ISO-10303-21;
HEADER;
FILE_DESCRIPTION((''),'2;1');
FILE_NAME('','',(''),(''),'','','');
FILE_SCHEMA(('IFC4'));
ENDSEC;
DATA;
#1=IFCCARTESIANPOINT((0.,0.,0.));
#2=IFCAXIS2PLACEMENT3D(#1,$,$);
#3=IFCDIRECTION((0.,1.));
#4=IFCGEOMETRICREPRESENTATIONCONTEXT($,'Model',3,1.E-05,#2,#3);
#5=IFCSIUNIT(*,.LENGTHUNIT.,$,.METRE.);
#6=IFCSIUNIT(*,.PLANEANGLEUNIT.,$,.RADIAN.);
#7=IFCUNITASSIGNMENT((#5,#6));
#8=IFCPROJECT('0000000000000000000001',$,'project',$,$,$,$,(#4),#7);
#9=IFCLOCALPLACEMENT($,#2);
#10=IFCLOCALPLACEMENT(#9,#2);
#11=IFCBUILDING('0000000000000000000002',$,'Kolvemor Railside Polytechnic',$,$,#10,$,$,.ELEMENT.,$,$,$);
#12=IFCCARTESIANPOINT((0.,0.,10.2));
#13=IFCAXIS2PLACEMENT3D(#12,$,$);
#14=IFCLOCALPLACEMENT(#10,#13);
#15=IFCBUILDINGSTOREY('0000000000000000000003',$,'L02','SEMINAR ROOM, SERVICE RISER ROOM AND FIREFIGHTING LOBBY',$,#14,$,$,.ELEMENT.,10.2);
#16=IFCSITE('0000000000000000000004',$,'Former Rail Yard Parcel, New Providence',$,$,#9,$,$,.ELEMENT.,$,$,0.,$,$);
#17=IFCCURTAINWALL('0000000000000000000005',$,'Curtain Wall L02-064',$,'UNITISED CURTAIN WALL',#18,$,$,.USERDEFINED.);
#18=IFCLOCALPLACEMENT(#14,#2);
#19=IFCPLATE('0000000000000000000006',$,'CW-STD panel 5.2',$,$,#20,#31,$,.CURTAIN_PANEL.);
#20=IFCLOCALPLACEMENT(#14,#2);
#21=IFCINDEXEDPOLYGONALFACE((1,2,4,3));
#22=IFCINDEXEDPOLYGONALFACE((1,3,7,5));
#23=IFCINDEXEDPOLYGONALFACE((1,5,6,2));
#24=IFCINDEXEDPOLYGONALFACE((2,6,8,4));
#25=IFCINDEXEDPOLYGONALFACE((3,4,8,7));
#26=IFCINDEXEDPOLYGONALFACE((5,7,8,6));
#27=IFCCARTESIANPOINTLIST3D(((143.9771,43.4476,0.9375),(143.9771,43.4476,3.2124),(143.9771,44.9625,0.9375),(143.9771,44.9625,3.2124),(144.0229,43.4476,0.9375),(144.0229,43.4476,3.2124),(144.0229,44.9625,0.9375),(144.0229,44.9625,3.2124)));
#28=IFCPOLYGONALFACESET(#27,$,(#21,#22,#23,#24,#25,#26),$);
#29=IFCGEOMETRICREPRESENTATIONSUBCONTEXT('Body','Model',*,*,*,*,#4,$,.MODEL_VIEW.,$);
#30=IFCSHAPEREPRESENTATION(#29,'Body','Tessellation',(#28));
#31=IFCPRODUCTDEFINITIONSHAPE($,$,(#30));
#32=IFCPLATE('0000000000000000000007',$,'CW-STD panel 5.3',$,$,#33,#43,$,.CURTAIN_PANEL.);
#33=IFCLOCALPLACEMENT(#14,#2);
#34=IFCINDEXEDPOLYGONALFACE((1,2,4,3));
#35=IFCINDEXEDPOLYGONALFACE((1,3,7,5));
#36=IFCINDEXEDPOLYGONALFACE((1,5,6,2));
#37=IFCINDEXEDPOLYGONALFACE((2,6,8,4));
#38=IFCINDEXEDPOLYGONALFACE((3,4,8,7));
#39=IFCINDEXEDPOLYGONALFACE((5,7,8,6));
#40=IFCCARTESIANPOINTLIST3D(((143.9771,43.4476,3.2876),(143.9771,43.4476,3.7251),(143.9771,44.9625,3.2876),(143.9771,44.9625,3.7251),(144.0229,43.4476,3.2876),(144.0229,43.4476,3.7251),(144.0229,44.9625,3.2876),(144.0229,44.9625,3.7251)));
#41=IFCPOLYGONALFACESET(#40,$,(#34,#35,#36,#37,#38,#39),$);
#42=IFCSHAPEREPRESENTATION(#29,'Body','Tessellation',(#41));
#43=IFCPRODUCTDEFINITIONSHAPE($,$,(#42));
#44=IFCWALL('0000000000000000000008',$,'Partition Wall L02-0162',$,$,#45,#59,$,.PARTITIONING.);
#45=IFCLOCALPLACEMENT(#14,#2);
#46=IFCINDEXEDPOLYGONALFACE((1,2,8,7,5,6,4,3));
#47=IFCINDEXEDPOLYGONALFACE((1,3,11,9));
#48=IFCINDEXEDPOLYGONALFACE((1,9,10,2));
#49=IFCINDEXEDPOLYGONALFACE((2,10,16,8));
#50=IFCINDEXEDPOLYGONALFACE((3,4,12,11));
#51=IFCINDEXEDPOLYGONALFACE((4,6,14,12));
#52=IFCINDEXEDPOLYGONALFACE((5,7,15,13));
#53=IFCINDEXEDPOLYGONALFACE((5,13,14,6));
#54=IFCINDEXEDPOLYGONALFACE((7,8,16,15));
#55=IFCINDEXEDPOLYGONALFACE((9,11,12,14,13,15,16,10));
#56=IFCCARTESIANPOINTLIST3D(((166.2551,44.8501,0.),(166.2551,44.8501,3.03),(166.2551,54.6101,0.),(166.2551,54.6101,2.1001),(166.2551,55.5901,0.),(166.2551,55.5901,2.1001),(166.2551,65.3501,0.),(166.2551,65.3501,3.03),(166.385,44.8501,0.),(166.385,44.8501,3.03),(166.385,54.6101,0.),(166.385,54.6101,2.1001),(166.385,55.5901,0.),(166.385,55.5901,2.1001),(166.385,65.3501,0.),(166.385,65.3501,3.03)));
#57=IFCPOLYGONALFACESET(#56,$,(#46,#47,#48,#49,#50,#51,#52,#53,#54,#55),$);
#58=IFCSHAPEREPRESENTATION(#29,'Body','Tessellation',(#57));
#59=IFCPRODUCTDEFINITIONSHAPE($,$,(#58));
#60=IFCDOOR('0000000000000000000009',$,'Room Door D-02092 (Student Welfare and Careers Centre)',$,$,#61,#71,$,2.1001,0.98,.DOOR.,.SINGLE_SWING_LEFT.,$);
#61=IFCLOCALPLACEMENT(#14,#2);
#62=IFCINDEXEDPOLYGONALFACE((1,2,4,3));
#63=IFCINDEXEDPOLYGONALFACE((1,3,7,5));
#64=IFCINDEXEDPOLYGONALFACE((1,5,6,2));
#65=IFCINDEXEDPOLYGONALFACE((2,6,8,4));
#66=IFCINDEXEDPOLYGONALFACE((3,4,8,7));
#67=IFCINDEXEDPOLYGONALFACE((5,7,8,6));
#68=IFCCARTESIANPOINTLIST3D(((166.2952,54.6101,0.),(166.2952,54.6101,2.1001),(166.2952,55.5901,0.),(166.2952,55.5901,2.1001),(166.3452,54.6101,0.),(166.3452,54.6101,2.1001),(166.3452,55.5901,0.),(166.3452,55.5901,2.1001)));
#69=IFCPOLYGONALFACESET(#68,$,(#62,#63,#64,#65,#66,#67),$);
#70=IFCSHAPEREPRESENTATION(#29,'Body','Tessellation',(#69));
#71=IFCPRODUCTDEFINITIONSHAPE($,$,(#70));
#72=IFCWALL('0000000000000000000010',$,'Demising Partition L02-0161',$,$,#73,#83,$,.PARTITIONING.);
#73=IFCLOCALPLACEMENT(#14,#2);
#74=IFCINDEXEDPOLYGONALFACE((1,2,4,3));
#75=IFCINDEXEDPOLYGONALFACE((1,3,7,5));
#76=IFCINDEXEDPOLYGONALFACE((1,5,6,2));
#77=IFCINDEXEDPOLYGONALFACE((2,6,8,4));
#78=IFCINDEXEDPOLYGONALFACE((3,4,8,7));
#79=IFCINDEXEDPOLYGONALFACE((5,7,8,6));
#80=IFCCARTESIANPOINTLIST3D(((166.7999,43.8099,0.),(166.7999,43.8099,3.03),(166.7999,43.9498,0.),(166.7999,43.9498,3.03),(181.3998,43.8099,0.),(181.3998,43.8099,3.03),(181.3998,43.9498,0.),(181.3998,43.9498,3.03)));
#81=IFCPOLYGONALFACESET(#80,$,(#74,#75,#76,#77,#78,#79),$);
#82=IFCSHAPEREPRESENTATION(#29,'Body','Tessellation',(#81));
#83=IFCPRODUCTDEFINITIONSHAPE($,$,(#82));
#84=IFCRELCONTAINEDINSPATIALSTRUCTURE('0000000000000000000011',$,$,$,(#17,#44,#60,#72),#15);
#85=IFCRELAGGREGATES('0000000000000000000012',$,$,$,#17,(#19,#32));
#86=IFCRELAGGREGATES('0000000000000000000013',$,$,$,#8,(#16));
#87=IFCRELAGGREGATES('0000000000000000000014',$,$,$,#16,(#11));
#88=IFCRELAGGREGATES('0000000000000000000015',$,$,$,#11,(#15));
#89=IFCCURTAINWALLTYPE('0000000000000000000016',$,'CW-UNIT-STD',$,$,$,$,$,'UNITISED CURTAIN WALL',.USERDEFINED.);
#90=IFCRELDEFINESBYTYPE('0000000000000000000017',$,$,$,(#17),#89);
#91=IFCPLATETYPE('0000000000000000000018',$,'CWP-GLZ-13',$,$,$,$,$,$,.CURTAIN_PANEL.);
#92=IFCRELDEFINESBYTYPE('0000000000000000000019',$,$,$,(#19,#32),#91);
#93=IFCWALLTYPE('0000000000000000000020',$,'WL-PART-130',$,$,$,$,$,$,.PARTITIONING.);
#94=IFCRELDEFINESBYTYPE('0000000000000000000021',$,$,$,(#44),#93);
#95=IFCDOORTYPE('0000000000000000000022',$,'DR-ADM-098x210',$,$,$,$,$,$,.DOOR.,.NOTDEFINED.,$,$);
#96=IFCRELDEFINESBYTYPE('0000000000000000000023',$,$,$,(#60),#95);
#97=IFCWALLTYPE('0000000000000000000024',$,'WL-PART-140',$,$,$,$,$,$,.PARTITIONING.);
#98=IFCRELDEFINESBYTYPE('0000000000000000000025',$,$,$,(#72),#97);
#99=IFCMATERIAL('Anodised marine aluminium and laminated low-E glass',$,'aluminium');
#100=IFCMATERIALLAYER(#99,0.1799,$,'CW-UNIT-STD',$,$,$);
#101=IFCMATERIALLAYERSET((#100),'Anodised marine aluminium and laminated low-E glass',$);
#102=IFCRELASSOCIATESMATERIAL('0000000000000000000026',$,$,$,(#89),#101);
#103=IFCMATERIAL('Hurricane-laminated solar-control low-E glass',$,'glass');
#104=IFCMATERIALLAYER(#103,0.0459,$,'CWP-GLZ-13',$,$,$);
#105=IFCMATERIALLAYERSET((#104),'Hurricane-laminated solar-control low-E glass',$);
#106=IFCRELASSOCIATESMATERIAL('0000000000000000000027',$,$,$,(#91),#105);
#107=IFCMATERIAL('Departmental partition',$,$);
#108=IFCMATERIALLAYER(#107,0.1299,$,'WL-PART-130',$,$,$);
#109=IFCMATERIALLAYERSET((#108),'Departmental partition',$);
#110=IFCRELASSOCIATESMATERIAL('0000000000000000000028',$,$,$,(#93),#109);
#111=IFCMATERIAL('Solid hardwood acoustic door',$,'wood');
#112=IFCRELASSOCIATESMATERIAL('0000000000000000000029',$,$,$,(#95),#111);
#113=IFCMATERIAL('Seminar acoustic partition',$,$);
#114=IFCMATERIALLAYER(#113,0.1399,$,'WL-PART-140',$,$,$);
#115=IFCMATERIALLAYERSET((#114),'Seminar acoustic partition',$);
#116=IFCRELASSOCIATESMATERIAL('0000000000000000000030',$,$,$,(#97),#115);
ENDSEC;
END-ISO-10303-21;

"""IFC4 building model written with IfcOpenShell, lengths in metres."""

from ifc_helpers import new_model, si_unit, direction, frame, frame_2d, origin, origin_2d, place, context, subcontext, project, spatial, rectangle, extrude, material, layer, layer_set, type_object, element, fill, aggregate, save


model = new_model("IFC4")

# Units and contexts
model_context = context("Model", 3, precision=1e-05, world=origin(), true_north=direction((0.0, 1.0)))
body_context = subcontext(model_context, "Body", "Model", "MODEL_VIEW")
ifc_project = project(units=[si_unit("LENGTHUNIT", "METRE"), si_unit("PLANEANGLEUNIT", "RADIAN")], contexts=[model_context])

# Site, building, storey
site_placement = place(None, origin())
site = spatial("IfcSite", under=ifc_project, at=site_placement, Name="Former Rail Yard Parcel, New Providence", CompositionType="ELEMENT", RefElevation=0.0)
building_placement = place(site_placement, origin())
building = spatial("IfcBuilding", under=site, at=building_placement, Name="Kolvemor Railside Polytechnic", CompositionType="ELEMENT")
storey_placement = place(building_placement, frame((0.0, 0.0, 10.2)))
storey = spatial("IfcBuildingStorey", under=building, at=storey_placement, Name="L02", Description="SEMINAR ROOM, SERVICE RISER ROOM AND FIREFIGHTING LOBBY", CompositionType="ELEMENT", Elevation=10.2)

# Shared definitions
ifc_material_1 = material(Name="Anodised marine aluminium and laminated low-E glass", Category="aluminium")
ifc_layer_1 = layer(ifc_material_1, 0.1799, Name="CW-UNIT-STD")
ifc_layer_set_1 = layer_set([ifc_layer_1], Name="Anodised marine aluminium and laminated low-E glass")
curtain_wall_type = type_object("IfcCurtainWallType", Name="CW-UNIT-STD", ElementType="UNITISED CURTAIN WALL", PredefinedType="USERDEFINED", material=ifc_layer_set_1)

# Curtain wall
curtain_wall_1_placement = place(storey_placement, origin())
curtain_wall_1 = element("IfcCurtainWall", 1, at=curtain_wall_1_placement, inside=storey, type_object=curtain_wall_type, Name="Curtain Wall L02-064", ObjectType="UNITISED CURTAIN WALL", PredefinedType="USERDEFINED")

# Plates
ifc_material_2 = material(Name="Hurricane-laminated solar-control low-E glass", Category="glass")
ifc_layer_2 = layer(ifc_material_2, 0.0459, Name="CWP-GLZ-13")
ifc_layer_set_2 = layer_set([ifc_layer_2], Name="Hurricane-laminated solar-control low-E glass")
plate_type_1 = type_object("IfcPlateType", Name="CWP-GLZ-13", PredefinedType="CURTAIN_PANEL", material=ifc_layer_set_2)
plate_1_placement = place(storey_placement, frame((144.0, 44.2051, 0.9375), z_axis=(0.0, 0.0, 1.0), x_axis=(0.0, -1.0, 0.0)))
plate_1 = element("IfcPlate", 2, at=plate_1_placement, type_object=plate_type_1, Name="CW-STD panel 5.2", PredefinedType="CURTAIN_PANEL", context=body_context, shape_type="SweptSolid", body=[
    extrude(rectangle(XDim=1.5149, YDim=0.0459, at=origin_2d()), origin(), (0.0, 0.0, 1.0), 2.2749),
])
plate_2_placement = place(storey_placement, frame((144.0, 44.2051, 3.2876), z_axis=(0.0, 0.0, 1.0), x_axis=(0.0, -1.0, 0.0)))
plate_2 = element("IfcPlate", 3, at=plate_2_placement, type_object=plate_type_1, Name="CW-STD panel 5.3", PredefinedType="CURTAIN_PANEL", context=body_context, shape_type="SweptSolid", body=[
    extrude(rectangle(XDim=1.5149, YDim=0.0459, at=origin_2d()), origin(), (0.0, 0.0, 1.0), 0.4375),
])
aggregate(curtain_wall_1, [plate_1, plate_2])

# Wall, opening, door
ifc_material_3 = material(Name="Departmental partition")
ifc_layer_3 = layer(ifc_material_3, 0.1299, Name="WL-PART-130")
ifc_layer_set_3 = layer_set([ifc_layer_3], Name="Departmental partition")
wall_type_1 = type_object("IfcWallType", Name="WL-PART-130", PredefinedType="PARTITIONING", material=ifc_layer_set_3)
wall_1_placement = place(storey_placement, frame((166.3201, 44.8501, 0.0), z_axis=(0.0, 0.0, 1.0), x_axis=(0.0, 1.0, 0.0)))
wall_1 = element("IfcWall", 4, at=wall_1_placement, inside=storey, type_object=wall_type_1, Name="Partition Wall L02-0162", PredefinedType="PARTITIONING", context=body_context, shape_type="SweptSolid", body=[
    extrude(rectangle(XDim=20.5, YDim=0.1299, at=frame_2d((10.25, 0.0))), origin(), (0.0, 0.0, 1.0), 3.03),
])
opening_placement = place(wall_1_placement, frame((9.76, 0.0, 0.0)))
opening = element("IfcOpeningElement", 5, at=opening_placement, cuts=wall_1, PredefinedType="OPENING", context=body_context, shape_type="SweptSolid", body=[
    extrude(rectangle(XDim=0.98, YDim=2.1001, at=frame_2d((0.49, 1.05))), frame((0.0, 0.075, 0.0), z_axis=(0.0, -1.0, 0.0), x_axis=(1.0, 0.0, 0.0)), (0.0, 0.0, 1.0), 0.1499),
])
ifc_material_4 = material(Name="Solid hardwood acoustic door", Category="wood")
door_type = type_object("IfcDoorType", Name="DR-ADM-098x210", OperationType="NOTDEFINED", PredefinedType="DOOR", material=ifc_material_4)
door_placement = place(opening_placement, origin())
door = element("IfcDoor", 6, at=door_placement, inside=storey, type_object=door_type, Name="Room Door D-02092 (Student Welfare and Careers Centre)", OperationType="SINGLE_SWING_LEFT", OverallHeight=2.1001, OverallWidth=0.98, PredefinedType="DOOR", context=body_context, shape_type="SweptSolid", body=[
    extrude(rectangle(XDim=0.98, YDim=2.1001, at=frame_2d((0.49, 1.05))), frame((0.0, 0.0249, 0.0), z_axis=(0.0, -1.0, 0.0), x_axis=(1.0, 0.0, 0.0)), (0.0, 0.0, 1.0), 0.05),
])
fill(opening, door)

# Wall
ifc_material_5 = material(Name="Seminar acoustic partition")
ifc_layer_4 = layer(ifc_material_5, 0.1399, Name="WL-PART-140")
ifc_layer_set_4 = layer_set([ifc_layer_4], Name="Seminar acoustic partition")
wall_type_2 = type_object("IfcWallType", Name="WL-PART-140", PredefinedType="PARTITIONING", material=ifc_layer_set_4)
wall_2_placement = place(storey_placement, frame((166.8, 43.8799, 0.0), z_axis=(0.0, 0.0, 1.0), x_axis=(1.0, 0.0, 0.0)))
element("IfcWall", 7, at=wall_2_placement, inside=storey, type_object=wall_type_2, Name="Demising Partition L02-0161", PredefinedType="PARTITIONING", context=body_context, shape_type="SweptSolid", body=[
    extrude(rectangle(XDim=14.5999, YDim=0.1399, at=frame_2d((7.2998, 0.0))), origin(), (0.0, 0.0, 1.0), 3.03),
])

save(model, "model.ifc")
